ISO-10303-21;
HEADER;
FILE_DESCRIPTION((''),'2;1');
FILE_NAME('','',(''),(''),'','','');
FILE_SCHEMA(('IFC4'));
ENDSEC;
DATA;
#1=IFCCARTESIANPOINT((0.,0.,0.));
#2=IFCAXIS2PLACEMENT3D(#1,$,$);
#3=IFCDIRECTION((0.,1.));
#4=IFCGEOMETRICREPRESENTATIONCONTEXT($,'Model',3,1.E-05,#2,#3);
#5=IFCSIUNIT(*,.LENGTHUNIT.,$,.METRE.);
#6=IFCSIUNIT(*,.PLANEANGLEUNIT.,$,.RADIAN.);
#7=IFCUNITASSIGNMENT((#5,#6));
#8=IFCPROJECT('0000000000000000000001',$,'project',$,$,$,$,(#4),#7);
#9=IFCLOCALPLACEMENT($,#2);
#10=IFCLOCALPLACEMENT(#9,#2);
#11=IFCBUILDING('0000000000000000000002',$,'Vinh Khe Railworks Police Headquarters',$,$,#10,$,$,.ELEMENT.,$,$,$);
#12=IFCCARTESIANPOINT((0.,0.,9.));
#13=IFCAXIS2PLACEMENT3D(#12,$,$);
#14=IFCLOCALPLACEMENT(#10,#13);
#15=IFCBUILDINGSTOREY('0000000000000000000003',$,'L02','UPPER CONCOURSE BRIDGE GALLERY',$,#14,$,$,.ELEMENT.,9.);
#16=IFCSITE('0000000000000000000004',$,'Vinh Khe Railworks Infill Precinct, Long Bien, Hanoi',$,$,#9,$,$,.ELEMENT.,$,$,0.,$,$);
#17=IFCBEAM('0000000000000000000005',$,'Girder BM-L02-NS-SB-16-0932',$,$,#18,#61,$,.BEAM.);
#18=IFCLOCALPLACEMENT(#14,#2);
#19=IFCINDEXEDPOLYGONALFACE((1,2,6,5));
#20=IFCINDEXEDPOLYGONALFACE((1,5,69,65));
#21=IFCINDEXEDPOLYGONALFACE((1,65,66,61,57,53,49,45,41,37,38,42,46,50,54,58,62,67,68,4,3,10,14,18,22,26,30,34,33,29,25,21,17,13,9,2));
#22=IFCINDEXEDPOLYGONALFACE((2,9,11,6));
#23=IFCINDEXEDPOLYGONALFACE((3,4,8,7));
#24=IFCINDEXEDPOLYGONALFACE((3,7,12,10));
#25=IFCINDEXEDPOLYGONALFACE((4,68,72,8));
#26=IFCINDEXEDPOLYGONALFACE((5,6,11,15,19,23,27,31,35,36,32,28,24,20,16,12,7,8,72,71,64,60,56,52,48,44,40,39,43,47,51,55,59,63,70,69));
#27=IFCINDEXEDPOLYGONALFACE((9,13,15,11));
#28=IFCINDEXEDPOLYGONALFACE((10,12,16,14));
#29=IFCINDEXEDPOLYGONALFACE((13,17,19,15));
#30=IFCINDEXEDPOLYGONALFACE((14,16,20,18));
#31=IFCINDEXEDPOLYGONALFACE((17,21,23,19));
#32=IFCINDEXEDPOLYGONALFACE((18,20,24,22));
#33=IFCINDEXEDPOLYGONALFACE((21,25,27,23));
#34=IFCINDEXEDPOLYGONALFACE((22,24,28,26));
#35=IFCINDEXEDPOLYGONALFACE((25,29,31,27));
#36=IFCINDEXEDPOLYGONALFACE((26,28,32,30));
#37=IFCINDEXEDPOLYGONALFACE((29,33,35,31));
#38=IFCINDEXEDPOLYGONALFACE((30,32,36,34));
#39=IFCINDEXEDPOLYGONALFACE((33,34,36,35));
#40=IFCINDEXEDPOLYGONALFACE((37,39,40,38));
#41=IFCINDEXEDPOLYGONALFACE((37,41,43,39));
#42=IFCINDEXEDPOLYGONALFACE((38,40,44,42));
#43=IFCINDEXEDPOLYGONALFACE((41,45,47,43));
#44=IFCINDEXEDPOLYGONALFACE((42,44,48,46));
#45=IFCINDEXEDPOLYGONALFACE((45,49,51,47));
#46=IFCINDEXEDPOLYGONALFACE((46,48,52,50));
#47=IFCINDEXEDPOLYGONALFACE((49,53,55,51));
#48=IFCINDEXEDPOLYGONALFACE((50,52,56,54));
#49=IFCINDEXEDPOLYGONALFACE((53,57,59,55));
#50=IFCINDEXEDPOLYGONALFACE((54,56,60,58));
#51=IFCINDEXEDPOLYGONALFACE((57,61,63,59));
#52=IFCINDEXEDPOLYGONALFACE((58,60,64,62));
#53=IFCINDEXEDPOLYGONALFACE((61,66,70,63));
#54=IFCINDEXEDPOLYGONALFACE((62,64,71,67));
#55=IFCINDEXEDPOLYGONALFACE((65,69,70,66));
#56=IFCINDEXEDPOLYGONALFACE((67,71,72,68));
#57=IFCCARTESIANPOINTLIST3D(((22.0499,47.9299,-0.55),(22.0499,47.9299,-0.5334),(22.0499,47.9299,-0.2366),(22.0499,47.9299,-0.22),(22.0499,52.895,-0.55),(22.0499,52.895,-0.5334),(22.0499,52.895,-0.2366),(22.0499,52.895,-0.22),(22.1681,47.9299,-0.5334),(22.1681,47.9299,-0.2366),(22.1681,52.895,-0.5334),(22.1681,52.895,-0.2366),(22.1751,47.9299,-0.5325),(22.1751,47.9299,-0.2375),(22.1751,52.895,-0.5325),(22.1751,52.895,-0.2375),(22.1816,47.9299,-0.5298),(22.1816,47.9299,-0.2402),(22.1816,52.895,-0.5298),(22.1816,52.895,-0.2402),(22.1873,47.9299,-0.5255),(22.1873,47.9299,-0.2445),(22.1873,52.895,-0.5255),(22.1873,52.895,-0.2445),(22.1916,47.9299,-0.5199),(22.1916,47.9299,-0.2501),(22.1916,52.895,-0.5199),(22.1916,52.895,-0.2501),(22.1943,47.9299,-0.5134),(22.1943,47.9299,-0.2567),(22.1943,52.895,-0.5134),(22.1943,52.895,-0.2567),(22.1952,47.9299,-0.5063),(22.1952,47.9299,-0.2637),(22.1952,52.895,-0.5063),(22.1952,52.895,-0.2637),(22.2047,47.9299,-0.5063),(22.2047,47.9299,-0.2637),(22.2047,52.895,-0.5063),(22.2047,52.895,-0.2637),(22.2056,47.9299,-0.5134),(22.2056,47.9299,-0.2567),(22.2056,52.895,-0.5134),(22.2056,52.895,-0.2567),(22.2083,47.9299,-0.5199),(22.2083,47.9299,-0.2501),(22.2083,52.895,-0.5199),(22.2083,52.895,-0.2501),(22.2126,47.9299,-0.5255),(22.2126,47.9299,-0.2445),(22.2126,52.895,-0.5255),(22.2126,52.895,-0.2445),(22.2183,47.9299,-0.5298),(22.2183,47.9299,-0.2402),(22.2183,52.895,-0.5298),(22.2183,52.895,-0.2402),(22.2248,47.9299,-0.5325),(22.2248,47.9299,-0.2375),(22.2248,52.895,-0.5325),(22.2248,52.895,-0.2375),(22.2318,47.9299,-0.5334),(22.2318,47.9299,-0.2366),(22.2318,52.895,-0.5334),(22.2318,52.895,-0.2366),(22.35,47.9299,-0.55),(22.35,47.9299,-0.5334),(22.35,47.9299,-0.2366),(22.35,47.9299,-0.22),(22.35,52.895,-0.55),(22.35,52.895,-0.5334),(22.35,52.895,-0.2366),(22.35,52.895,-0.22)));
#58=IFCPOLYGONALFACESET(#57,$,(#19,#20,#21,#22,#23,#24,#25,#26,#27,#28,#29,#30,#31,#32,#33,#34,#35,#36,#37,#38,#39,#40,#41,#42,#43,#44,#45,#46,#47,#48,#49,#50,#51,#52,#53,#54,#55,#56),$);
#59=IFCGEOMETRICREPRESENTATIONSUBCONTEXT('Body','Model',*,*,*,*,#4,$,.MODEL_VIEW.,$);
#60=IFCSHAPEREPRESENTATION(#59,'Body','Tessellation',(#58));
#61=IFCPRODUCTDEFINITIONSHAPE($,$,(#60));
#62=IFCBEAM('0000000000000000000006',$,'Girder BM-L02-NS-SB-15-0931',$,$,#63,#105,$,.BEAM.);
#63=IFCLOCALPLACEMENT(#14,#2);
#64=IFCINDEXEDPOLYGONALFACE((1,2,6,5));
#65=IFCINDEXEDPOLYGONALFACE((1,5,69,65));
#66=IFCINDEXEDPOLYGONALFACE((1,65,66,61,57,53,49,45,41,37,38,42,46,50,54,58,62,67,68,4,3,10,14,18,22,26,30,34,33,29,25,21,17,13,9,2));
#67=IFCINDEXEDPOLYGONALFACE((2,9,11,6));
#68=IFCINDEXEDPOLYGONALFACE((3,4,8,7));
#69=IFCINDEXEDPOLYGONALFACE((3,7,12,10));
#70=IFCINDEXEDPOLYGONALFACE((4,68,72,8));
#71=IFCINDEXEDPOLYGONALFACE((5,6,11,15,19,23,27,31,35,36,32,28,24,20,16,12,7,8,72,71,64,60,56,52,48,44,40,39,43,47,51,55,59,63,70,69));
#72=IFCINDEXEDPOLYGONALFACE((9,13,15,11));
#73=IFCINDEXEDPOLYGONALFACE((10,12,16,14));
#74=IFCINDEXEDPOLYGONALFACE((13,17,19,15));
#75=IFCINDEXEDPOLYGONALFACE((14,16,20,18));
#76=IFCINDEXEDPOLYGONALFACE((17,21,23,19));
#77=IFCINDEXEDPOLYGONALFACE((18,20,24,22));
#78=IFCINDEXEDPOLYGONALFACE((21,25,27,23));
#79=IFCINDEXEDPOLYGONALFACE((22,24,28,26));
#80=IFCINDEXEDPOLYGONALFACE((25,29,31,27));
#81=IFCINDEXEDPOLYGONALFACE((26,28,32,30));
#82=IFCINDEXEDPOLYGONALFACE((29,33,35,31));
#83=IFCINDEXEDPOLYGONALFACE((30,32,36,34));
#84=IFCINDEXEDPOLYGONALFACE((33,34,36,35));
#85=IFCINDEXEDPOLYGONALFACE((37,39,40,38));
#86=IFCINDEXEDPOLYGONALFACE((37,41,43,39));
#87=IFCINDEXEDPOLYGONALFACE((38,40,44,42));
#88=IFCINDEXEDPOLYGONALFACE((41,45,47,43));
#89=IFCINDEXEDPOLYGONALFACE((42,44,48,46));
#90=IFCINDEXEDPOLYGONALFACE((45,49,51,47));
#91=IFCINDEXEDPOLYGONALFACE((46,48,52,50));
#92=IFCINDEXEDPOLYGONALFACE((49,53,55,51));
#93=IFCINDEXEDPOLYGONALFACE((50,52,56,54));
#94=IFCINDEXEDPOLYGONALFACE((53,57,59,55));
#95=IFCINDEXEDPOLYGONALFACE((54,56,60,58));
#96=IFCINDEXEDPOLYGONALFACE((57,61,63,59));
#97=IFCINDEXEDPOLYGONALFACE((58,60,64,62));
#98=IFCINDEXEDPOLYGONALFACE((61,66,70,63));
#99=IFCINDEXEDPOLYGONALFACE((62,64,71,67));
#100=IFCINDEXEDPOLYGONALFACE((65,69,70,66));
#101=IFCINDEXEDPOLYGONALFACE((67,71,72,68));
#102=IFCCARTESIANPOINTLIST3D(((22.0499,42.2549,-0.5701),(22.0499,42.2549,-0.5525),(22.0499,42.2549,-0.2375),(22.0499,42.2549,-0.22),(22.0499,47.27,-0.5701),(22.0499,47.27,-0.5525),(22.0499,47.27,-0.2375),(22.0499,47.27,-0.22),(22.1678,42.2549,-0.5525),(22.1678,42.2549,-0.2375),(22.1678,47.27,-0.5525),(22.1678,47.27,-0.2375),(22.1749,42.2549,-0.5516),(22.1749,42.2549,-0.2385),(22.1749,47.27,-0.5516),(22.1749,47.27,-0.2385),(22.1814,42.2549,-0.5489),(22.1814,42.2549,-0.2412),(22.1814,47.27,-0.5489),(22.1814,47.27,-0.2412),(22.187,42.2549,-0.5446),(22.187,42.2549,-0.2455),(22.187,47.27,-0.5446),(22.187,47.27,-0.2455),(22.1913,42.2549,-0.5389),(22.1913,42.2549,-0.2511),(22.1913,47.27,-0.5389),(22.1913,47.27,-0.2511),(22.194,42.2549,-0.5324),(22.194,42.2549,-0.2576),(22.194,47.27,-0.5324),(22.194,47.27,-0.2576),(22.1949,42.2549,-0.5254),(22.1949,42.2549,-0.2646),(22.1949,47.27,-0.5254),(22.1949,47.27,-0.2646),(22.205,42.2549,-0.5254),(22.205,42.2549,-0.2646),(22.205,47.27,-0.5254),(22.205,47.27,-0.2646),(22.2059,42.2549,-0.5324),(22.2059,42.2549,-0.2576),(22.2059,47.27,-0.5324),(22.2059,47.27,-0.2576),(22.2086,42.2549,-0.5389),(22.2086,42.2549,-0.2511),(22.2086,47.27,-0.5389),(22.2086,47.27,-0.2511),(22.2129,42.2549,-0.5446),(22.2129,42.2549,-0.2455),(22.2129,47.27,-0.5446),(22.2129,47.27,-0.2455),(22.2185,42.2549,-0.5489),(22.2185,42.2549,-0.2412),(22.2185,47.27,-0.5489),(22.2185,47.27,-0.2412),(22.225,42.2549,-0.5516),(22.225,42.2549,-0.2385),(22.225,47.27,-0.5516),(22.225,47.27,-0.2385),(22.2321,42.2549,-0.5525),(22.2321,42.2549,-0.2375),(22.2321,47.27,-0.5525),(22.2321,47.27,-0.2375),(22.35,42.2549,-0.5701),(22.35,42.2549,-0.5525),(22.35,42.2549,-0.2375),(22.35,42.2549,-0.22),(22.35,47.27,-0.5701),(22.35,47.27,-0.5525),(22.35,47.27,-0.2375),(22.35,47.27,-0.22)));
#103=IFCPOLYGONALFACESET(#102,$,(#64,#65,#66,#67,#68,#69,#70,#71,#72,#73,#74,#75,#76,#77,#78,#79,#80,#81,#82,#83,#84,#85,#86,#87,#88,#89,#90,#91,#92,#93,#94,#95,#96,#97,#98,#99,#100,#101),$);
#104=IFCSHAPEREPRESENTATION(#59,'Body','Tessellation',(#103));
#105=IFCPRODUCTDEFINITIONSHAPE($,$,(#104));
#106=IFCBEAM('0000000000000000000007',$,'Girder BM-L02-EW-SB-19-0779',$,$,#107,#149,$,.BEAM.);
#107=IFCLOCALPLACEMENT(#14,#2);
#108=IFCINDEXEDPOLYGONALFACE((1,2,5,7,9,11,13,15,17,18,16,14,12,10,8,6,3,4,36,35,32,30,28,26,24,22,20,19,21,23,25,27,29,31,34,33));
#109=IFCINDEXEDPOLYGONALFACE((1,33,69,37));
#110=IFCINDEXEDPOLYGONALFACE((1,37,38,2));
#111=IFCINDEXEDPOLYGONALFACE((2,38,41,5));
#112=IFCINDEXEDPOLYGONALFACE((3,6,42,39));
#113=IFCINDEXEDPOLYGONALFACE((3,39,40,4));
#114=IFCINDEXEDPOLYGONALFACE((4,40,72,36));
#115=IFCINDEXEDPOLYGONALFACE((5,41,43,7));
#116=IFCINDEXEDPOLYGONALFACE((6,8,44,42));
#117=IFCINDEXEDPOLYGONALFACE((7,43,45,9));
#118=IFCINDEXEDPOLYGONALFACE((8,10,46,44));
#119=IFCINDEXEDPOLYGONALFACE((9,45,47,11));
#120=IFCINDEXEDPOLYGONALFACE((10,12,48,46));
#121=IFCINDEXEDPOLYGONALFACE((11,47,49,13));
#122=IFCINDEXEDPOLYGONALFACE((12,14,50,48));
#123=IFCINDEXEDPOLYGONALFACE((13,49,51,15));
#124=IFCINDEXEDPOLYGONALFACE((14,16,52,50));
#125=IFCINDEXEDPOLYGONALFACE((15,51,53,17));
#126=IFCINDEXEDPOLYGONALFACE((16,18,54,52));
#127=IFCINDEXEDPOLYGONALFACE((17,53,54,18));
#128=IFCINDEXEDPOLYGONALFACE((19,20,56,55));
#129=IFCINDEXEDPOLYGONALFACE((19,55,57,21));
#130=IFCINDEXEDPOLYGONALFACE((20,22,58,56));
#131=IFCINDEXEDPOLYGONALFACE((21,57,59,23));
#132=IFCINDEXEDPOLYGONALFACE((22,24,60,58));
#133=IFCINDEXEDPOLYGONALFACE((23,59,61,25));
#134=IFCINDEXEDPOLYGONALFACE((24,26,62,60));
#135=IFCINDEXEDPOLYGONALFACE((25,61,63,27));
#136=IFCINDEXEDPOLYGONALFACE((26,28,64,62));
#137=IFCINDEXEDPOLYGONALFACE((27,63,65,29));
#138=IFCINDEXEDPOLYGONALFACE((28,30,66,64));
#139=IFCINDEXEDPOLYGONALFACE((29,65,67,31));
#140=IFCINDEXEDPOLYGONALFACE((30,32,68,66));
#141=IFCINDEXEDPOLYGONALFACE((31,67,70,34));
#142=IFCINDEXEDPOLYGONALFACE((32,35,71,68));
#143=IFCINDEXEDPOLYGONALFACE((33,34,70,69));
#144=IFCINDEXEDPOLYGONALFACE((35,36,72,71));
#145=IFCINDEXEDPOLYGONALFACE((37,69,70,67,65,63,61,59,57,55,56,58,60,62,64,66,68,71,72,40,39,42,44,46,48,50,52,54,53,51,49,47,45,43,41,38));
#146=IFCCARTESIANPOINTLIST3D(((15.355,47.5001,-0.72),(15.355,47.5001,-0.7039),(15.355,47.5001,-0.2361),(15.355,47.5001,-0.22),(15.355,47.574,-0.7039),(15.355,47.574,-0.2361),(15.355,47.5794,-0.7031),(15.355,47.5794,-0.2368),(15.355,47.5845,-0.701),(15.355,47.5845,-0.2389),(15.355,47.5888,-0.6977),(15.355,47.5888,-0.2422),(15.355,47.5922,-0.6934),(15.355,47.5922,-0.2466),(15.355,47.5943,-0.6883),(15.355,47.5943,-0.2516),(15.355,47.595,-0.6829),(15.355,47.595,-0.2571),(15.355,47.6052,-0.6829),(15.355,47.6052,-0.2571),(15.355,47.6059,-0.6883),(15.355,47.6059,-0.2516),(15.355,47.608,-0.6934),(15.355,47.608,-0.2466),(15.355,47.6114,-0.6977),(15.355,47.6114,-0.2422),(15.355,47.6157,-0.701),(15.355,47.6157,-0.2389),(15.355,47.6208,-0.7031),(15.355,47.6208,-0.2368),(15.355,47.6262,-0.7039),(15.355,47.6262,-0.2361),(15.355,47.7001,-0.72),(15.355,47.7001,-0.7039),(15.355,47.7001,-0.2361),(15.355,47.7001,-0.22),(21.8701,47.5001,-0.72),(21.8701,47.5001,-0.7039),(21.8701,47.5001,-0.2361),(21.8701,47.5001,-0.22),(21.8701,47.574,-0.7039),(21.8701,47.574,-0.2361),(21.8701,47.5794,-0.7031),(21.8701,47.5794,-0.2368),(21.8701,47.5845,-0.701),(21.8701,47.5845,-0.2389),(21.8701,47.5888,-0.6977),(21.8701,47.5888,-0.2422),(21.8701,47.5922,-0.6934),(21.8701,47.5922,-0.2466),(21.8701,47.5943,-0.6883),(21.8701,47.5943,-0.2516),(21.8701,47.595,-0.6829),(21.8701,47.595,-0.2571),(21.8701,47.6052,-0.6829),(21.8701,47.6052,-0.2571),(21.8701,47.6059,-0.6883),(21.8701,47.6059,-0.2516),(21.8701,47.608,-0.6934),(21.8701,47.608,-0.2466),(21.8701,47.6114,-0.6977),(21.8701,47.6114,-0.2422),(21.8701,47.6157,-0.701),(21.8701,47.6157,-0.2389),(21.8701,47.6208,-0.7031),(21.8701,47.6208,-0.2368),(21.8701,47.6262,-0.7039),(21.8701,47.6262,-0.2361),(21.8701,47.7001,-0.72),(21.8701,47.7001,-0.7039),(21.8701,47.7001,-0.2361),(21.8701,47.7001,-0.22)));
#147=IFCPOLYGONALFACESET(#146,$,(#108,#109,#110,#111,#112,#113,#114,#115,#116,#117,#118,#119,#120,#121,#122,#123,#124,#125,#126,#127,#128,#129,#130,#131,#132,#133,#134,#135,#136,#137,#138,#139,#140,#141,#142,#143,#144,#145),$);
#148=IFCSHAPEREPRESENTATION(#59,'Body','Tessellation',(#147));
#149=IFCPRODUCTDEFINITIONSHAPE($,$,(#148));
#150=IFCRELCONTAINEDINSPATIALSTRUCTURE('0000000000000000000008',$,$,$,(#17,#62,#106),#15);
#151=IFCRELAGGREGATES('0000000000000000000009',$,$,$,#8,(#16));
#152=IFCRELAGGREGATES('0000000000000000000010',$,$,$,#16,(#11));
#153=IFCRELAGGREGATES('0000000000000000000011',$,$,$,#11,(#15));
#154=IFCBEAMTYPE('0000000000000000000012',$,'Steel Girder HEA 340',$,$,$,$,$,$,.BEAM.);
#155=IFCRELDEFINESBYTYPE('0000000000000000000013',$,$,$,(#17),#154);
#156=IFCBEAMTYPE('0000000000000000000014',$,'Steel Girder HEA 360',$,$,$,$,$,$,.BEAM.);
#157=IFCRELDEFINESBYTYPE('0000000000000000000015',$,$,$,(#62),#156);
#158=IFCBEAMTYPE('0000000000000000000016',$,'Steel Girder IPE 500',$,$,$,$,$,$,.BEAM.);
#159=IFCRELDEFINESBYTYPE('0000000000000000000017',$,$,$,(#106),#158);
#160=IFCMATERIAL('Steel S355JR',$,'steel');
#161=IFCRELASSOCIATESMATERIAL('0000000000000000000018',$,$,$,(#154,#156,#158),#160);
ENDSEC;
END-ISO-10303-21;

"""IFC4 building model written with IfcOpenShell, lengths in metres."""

from ifc_helpers import new_model, si_unit, direction, frame, origin, origin_2d, place, context, subcontext, project, spatial, i_section, extrude, material, material_profile, profile_set, type_object, element, save


model = new_model("IFC4")

# Units and contexts
model_context = context("Model", 3, precision=1e-05, world=origin(), true_north=direction((0.0, 1.0)))
body_context = subcontext(model_context, "Body", "Model", "MODEL_VIEW")
ifc_project = project(units=[si_unit("LENGTHUNIT", "METRE"), si_unit("PLANEANGLEUNIT", "RADIAN")], contexts=[model_context])

# Site, building, storey
site_placement = place(None, origin())
site = spatial("IfcSite", under=ifc_project, at=site_placement, Name="Vinh Khe Railworks Infill Precinct, Long Bien, Hanoi", CompositionType="ELEMENT", RefElevation=0.0)
building_placement = place(site_placement, origin())
building = spatial("IfcBuilding", under=site, at=building_placement, Name="Vinh Khe Railworks Police Headquarters", CompositionType="ELEMENT")
storey_placement = place(building_placement, frame((0.0, 0.0, 9.0)))
storey = spatial("IfcBuildingStorey", under=building, at=storey_placement, Name="L02", Description="UPPER CONCOURSE BRIDGE GALLERY", CompositionType="ELEMENT", Elevation=9.0)

# Shared definitions
ifc_material_1 = material(Name="Steel S355JR", Category="steel")

# Beams
ifc_material_profile_1 = material_profile(ifc_material_1, i_section(OverallWidth=0.3, OverallDepth=0.3301, WebThickness=0.0095, FlangeThickness=0.0166, FilletRadius=0.0271, at=origin_2d()), Name="HEA 340")
ifc_profile_set_1 = profile_set([ifc_material_profile_1], Name="Steel S355JR")
beam_type_1 = type_object("IfcBeamType", Name="Steel Girder HEA 340", PredefinedType="BEAM", material=ifc_profile_set_1)
beam_1_placement = place(storey_placement, frame((22.2, 47.9299, -0.385), z_axis=(0.0, 1.0, 0.0), x_axis=(-1.0, 0.0, 0.0)))
element("IfcBeam", 1, at=beam_1_placement, inside=storey, type_object=beam_type_1, Name="Girder BM-L02-NS-SB-16-0932", PredefinedType="BEAM", context=body_context, shape_type="SweptSolid", body=[
    extrude(i_section(OverallWidth=0.3, OverallDepth=0.3301, WebThickness=0.0095, FlangeThickness=0.0166, FilletRadius=0.0271, at=origin_2d()), origin(), (0.0, 0.0, 1.0), 4.9651),
])
ifc_material_profile_2 = material_profile(ifc_material_1, i_section(OverallWidth=0.3, OverallDepth=0.3501, WebThickness=0.01, FlangeThickness=0.0176, FilletRadius=0.0271, at=origin_2d()), Name="HEA 360")
ifc_profile_set_2 = profile_set([ifc_material_profile_2], Name="Steel S355JR")
beam_type_2 = type_object("IfcBeamType", Name="Steel Girder HEA 360", PredefinedType="BEAM", material=ifc_profile_set_2)
beam_2_placement = place(storey_placement, frame((22.2, 42.2549, -0.395), z_axis=(0.0, 1.0, 0.0), x_axis=(-1.0, 0.0, 0.0)))
element("IfcBeam", 2, at=beam_2_placement, inside=storey, type_object=beam_type_2, Name="Girder BM-L02-NS-SB-15-0931", PredefinedType="BEAM", context=body_context, shape_type="SweptSolid", body=[
    extrude(i_section(OverallWidth=0.3, OverallDepth=0.3501, WebThickness=0.01, FlangeThickness=0.0176, FilletRadius=0.0271, at=origin_2d()), origin(), (0.0, 0.0, 1.0), 5.0151),
])
ifc_material_profile_3 = material_profile(ifc_material_1, i_section(OverallWidth=0.2, OverallDepth=0.5, WebThickness=0.0103, FlangeThickness=0.0161, FilletRadius=0.021, at=origin_2d()), Name="IPE 500")
ifc_profile_set_3 = profile_set([ifc_material_profile_3], Name="Steel S355JR")
beam_type_3 = type_object("IfcBeamType", Name="Steel Girder IPE 500", PredefinedType="BEAM", material=ifc_profile_set_3)
beam_3_placement = place(storey_placement, frame((15.355, 47.6001, -0.47), z_axis=(1.0, 0.0, 0.0), x_axis=(0.0, 1.0, 0.0)))
element("IfcBeam", 3, at=beam_3_placement, inside=storey, type_object=beam_type_3, Name="Girder BM-L02-EW-SB-19-0779", PredefinedType="BEAM", context=body_context, shape_type="SweptSolid", body=[
    extrude(i_section(OverallWidth=0.2, OverallDepth=0.5, WebThickness=0.0103, FlangeThickness=0.0161, FilletRadius=0.021, at=origin_2d()), origin(), (0.0, 0.0, 1.0), 6.5151),
])

save(model, "model.ifc")
